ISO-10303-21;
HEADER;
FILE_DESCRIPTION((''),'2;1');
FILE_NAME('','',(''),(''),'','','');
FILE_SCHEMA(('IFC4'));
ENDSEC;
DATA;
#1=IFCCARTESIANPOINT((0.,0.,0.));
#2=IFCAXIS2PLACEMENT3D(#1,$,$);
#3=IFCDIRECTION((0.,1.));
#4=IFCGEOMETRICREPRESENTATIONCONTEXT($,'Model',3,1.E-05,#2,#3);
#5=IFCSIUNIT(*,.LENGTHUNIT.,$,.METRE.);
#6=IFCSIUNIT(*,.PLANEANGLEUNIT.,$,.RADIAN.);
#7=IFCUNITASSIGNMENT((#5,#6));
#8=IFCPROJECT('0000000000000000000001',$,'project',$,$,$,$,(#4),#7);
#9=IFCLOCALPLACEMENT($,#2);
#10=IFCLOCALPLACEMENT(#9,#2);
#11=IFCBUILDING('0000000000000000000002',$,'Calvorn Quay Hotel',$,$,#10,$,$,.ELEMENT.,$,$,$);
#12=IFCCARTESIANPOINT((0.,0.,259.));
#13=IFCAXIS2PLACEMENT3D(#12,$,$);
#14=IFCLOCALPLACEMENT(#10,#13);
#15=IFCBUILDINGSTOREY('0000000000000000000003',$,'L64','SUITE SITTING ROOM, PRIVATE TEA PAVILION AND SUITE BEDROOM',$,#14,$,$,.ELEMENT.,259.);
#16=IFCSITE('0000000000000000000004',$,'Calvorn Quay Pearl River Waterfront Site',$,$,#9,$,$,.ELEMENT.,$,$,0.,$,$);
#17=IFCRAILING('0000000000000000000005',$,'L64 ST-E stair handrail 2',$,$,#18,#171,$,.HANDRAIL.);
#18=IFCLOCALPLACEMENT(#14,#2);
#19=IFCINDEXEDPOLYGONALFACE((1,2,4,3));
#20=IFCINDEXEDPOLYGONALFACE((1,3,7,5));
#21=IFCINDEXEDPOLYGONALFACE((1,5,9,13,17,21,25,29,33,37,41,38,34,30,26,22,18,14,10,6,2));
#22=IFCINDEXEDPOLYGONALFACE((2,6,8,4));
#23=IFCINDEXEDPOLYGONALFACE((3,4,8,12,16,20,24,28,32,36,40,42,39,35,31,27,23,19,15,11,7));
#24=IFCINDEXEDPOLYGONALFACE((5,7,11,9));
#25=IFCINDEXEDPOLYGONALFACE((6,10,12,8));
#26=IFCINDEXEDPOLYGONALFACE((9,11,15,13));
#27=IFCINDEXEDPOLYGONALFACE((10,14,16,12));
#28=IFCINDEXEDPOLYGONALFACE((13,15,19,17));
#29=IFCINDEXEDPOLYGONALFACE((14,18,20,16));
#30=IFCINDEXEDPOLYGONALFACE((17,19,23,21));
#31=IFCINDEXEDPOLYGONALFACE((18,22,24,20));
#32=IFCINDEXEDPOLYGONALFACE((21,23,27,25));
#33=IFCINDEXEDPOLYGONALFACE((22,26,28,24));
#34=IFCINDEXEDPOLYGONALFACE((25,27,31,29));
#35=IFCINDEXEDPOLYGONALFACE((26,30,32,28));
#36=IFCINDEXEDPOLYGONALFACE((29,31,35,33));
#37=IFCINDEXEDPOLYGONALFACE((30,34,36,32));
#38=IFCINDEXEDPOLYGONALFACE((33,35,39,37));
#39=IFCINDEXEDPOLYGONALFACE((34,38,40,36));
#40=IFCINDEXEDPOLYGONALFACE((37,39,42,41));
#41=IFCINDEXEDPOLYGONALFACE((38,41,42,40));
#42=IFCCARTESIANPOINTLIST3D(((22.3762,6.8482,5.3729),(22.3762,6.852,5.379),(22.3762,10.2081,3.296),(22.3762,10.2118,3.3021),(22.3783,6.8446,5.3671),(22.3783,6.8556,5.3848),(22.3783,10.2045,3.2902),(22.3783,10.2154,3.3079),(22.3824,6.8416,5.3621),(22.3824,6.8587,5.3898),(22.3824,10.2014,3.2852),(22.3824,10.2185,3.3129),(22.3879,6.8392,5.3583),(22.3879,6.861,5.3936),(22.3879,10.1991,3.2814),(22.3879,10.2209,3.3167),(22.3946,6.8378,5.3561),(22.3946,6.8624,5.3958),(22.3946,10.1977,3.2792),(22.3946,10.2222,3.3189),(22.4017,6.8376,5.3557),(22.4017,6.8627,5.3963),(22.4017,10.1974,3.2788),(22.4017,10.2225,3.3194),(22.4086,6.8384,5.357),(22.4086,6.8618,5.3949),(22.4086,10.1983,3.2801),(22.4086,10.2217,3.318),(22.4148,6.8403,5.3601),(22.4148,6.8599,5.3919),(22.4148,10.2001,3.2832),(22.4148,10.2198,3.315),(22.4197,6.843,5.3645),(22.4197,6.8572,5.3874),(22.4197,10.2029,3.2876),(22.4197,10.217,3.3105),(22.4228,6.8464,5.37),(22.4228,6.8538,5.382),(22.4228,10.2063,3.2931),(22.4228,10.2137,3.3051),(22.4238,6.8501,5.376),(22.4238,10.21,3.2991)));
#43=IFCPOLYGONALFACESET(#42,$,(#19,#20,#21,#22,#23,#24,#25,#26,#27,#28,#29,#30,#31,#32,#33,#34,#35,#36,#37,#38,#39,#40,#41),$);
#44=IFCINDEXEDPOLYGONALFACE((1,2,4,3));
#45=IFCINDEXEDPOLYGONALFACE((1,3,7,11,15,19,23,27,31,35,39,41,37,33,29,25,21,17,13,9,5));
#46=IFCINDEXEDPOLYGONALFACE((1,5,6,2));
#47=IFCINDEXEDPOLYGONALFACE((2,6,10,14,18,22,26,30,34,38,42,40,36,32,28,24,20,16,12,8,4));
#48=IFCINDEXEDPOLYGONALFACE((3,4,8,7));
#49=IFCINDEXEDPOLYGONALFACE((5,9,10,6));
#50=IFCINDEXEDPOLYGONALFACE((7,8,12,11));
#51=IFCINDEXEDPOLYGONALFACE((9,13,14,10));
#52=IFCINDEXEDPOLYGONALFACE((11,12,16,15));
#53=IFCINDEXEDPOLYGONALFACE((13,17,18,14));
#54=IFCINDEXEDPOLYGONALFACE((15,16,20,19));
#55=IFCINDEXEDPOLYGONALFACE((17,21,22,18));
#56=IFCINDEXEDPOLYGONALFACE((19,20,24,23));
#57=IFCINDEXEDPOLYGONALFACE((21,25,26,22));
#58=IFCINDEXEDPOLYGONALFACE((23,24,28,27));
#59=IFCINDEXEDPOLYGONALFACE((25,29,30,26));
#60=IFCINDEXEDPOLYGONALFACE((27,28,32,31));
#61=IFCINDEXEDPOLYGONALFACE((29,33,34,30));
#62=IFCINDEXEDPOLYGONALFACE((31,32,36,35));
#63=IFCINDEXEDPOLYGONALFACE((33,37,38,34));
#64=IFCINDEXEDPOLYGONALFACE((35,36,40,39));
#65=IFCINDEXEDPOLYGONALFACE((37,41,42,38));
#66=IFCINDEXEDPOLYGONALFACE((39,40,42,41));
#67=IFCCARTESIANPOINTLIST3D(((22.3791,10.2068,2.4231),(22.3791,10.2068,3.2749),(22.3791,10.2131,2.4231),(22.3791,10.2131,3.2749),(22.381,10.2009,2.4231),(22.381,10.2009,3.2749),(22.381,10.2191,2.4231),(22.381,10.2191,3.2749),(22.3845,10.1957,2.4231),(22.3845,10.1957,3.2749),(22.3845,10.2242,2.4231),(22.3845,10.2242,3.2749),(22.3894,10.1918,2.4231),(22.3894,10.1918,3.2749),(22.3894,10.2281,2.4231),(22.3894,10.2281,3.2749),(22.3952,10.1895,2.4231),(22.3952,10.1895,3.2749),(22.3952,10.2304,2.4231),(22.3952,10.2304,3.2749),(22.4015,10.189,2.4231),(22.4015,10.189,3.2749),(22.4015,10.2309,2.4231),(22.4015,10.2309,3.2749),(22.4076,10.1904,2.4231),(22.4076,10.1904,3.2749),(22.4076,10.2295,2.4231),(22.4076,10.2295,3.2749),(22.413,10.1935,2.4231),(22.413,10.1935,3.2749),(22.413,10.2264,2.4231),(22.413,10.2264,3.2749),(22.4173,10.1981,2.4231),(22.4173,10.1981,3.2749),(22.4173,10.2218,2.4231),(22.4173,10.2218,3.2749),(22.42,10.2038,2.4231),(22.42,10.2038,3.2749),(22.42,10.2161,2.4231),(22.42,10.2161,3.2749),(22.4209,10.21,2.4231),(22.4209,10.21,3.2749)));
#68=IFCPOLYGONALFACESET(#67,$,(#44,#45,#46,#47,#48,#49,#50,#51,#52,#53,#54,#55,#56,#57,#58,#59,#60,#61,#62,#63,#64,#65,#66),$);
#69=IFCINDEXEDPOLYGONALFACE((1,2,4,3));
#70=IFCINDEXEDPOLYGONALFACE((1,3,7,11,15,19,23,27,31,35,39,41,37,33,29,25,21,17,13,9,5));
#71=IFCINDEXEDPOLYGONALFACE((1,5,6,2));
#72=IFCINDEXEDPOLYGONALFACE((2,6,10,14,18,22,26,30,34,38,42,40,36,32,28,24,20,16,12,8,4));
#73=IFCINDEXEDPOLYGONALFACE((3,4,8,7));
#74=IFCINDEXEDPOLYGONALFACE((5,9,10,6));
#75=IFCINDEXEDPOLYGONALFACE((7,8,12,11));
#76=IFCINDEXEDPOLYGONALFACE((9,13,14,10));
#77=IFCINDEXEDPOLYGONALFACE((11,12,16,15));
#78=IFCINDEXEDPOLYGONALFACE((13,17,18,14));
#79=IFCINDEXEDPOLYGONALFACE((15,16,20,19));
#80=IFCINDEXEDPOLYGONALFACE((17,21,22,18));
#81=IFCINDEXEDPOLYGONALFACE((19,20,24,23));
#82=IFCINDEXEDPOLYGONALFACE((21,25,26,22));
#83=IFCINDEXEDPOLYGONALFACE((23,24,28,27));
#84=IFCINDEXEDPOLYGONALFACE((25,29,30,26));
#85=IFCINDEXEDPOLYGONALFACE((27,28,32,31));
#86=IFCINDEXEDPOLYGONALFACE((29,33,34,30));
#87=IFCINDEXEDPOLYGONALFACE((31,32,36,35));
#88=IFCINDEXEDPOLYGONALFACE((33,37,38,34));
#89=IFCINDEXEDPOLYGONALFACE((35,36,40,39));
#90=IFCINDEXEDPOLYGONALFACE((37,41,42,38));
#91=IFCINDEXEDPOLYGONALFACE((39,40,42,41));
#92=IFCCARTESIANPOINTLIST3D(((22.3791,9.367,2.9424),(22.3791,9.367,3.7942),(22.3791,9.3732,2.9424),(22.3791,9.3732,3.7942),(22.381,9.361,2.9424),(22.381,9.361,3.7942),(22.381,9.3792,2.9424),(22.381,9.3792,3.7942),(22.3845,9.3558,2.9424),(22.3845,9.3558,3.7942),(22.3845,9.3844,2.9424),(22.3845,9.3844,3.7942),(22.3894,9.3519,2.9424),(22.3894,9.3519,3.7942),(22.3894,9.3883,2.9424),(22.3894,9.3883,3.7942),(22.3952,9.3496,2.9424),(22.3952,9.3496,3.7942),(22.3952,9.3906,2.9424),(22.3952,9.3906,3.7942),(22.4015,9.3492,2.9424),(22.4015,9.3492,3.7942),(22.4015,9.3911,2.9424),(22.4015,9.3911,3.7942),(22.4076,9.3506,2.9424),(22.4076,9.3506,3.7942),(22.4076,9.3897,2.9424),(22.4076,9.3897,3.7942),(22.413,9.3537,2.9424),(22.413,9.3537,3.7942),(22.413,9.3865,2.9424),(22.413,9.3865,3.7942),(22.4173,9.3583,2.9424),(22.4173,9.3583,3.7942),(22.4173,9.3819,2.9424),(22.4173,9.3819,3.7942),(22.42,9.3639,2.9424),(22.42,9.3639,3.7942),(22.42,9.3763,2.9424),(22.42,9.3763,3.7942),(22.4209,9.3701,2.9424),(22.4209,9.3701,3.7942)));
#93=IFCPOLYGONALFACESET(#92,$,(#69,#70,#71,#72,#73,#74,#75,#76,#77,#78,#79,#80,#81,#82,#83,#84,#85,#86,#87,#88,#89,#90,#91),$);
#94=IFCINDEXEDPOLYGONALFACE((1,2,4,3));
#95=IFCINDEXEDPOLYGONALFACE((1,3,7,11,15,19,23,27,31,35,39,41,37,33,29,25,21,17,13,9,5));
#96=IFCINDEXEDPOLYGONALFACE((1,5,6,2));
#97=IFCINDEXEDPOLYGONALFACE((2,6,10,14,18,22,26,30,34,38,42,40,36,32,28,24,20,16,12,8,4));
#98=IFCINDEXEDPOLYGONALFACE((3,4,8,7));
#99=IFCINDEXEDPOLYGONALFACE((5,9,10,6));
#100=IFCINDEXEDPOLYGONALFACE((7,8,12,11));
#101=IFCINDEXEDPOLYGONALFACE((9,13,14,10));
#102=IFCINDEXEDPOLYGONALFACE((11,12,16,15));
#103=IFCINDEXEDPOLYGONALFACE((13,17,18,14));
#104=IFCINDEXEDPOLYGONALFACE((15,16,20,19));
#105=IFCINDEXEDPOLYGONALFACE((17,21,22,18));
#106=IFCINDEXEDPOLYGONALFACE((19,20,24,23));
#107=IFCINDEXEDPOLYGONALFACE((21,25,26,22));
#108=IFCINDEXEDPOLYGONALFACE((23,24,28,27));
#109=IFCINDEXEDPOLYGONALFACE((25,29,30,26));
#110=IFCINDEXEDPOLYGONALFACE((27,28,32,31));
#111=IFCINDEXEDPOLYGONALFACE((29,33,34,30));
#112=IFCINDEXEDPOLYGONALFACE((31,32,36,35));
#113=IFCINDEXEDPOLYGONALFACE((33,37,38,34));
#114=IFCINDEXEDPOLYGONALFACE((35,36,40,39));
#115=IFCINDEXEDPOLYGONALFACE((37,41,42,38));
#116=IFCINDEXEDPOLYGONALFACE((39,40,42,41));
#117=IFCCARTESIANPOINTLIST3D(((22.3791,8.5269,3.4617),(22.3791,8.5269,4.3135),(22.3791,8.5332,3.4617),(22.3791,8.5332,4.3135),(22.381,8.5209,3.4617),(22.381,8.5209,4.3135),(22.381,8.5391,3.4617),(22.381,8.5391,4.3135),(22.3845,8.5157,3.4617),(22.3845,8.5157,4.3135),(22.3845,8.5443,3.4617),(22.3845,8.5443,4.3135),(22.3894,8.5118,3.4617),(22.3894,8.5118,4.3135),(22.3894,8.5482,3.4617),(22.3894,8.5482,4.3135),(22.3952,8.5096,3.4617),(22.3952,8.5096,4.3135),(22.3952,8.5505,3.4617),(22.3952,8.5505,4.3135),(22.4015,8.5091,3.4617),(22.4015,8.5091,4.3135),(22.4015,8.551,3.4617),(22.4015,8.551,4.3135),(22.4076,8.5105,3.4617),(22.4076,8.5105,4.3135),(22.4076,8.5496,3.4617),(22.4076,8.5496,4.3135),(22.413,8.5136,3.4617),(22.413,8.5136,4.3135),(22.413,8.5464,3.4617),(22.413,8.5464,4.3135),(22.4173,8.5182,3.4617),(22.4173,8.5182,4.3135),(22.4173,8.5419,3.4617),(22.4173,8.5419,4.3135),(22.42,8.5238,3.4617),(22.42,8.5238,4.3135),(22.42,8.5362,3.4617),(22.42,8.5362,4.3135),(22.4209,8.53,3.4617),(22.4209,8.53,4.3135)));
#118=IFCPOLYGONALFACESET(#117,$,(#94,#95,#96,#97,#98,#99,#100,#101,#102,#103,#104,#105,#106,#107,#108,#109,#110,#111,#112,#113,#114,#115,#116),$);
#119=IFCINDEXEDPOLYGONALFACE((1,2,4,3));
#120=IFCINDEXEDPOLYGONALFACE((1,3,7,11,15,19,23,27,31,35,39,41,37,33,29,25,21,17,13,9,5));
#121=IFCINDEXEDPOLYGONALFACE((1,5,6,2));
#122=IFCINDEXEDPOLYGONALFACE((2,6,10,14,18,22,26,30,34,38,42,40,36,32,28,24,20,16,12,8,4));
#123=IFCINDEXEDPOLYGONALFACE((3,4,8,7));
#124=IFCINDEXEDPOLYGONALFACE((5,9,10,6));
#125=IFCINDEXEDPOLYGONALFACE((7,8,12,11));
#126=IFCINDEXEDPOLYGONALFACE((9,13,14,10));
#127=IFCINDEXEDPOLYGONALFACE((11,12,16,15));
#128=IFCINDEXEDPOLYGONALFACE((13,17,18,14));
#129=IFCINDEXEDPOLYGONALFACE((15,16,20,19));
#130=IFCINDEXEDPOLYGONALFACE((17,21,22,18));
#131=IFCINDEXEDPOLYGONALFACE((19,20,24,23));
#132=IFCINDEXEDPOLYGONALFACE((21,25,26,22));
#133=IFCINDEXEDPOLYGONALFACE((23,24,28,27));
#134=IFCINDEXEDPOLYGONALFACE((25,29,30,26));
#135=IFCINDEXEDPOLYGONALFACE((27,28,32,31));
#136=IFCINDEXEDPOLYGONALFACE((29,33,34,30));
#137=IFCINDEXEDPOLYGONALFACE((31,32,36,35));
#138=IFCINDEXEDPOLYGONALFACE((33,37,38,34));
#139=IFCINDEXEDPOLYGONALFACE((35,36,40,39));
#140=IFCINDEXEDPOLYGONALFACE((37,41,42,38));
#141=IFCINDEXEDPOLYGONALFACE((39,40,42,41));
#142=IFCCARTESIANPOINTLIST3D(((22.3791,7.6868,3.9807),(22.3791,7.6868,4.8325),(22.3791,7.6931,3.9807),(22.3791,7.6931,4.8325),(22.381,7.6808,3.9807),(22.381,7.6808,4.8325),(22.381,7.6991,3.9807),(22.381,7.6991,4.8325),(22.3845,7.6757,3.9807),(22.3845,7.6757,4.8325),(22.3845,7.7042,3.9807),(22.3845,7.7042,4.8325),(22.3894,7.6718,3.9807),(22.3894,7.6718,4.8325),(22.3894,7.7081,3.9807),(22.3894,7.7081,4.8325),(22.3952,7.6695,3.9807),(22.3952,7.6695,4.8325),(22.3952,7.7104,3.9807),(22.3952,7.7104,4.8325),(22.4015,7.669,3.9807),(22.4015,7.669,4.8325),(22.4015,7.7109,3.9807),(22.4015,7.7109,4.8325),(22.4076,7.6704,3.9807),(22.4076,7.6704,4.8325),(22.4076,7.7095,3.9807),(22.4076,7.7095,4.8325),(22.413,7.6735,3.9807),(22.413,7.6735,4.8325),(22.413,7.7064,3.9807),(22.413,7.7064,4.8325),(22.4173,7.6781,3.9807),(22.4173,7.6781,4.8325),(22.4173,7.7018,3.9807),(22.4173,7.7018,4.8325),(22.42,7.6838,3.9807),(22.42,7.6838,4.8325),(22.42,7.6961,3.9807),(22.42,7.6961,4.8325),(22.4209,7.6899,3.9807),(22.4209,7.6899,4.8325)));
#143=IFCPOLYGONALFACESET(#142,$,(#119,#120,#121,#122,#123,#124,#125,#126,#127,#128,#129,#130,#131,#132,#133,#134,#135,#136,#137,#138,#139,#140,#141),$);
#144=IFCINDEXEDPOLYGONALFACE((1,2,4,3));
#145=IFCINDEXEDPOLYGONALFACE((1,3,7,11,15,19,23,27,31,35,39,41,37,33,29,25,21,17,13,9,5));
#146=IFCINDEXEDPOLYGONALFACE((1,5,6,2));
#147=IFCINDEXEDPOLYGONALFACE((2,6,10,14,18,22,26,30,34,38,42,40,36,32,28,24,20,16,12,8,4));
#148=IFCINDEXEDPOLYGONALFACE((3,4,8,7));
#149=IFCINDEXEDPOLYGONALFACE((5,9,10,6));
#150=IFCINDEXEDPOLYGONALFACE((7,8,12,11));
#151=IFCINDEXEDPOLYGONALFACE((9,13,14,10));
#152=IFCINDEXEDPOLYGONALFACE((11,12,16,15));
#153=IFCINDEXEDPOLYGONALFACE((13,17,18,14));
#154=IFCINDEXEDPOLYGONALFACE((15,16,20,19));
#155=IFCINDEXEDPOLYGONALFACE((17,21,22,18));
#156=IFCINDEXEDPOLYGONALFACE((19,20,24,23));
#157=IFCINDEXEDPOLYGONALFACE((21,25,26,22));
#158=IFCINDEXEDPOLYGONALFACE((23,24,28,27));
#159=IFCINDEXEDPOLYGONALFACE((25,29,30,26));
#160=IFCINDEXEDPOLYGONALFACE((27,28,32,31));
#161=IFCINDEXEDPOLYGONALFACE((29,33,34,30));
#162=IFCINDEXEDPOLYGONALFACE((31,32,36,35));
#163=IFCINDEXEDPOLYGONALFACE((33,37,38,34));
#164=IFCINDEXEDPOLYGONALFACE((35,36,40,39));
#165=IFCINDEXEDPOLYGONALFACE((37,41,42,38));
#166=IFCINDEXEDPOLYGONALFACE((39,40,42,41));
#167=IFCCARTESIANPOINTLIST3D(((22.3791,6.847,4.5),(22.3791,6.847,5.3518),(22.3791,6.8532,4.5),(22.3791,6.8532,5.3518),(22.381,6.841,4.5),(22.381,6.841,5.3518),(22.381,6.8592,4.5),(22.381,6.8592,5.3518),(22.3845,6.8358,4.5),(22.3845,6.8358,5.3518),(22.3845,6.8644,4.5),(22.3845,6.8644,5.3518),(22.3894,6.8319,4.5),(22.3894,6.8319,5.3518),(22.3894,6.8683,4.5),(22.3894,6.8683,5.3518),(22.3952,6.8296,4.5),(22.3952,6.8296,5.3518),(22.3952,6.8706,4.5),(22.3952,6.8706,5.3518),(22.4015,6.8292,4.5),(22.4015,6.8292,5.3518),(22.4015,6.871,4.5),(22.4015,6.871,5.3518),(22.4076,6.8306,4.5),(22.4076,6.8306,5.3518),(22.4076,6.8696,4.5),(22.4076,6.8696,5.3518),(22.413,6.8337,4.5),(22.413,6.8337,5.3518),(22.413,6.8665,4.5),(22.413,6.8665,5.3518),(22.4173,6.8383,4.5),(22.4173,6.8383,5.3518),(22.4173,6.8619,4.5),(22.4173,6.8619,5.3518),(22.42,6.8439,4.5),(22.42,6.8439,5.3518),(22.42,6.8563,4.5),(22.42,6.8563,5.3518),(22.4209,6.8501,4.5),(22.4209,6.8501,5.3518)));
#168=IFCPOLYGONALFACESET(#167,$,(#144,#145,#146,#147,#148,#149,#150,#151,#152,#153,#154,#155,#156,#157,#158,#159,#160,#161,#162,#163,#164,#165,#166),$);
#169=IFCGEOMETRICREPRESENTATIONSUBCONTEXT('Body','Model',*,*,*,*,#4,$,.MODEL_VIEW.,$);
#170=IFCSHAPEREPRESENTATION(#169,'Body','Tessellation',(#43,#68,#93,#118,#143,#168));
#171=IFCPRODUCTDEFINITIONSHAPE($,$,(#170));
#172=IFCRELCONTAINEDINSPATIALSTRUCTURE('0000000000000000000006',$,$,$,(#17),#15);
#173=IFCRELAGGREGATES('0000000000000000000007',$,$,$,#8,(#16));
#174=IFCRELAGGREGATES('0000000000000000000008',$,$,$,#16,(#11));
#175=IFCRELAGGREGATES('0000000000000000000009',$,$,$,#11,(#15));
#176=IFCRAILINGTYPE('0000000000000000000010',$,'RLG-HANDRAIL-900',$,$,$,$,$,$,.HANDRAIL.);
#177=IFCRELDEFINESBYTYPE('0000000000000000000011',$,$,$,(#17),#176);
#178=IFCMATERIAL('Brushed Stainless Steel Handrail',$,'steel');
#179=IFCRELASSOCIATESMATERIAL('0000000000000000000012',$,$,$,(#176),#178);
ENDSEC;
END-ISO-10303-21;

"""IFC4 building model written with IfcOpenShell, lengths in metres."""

from ifc_helpers import new_model, si_unit, direction, frame, origin, origin_2d, place, context, subcontext, project, spatial, circle, extrude, material, type_object, element, save


model = new_model("IFC4")

# Units and contexts
model_context = context("Model", 3, precision=1e-05, world=origin(), true_north=direction((0.0, 1.0)))
body_context = subcontext(model_context, "Body", "Model", "MODEL_VIEW")
ifc_project = project(units=[si_unit("LENGTHUNIT", "METRE"), si_unit("PLANEANGLEUNIT", "RADIAN")], contexts=[model_context])

# Site, building, storey
site_placement = place(None, origin())
site = spatial("IfcSite", under=ifc_project, at=site_placement, Name="Calvorn Quay Pearl River Waterfront Site", CompositionType="ELEMENT", RefElevation=0.0)
building_placement = place(site_placement, origin())
building = spatial("IfcBuilding", under=site, at=building_placement, Name="Calvorn Quay Hotel", CompositionType="ELEMENT")
storey_placement = place(building_placement, frame((0.0, 0.0, 259.0)))
storey = spatial("IfcBuildingStorey", under=building, at=storey_placement, Name="L64", Description="SUITE SITTING ROOM, PRIVATE TEA PAVILION AND SUITE BEDROOM", CompositionType="ELEMENT", Elevation=259.0)

# Railing
ifc_material_1 = material(Name="Brushed Stainless Steel Handrail", Category="steel")
railing_type_1 = type_object("IfcRailingType", Name="RLG-HANDRAIL-900", PredefinedType="HANDRAIL", material=ifc_material_1)
railing_1_placement = place(storey_placement, frame((22.3999, 10.21, 2.4231)))
element("IfcRailing", 1, at=railing_1_placement, inside=storey, type_object=railing_type_1, Name="L64 ST-E stair handrail 2", PredefinedType="HANDRAIL", context=body_context, shape_type="SweptSolid", body=[
    extrude(circle(Radius=0.0239, at=origin_2d()), frame((0.0, 0.0, 0.876), z_axis=(0.0, -0.850606, 0.525803), x_axis=(1.0, 0.0, 0.0)), (0.0, 0.0, 1.0), 3.95),
    extrude(circle(Radius=0.021, at=origin_2d()), origin(), (0.0, 0.0, 1.0), 0.8518),
    extrude(circle(Radius=0.021, at=origin_2d()), frame((0.0, -0.8398, 0.5193)), (0.0, 0.0, 1.0), 0.8518),
    extrude(circle(Radius=0.021, at=origin_2d()), frame((0.0, -1.6799, 1.0386)), (0.0, 0.0, 1.0), 0.8518),
    extrude(circle(Radius=0.021, at=origin_2d()), frame((0.0, -2.52, 1.5576)), (0.0, 0.0, 1.0), 0.8518),
    extrude(circle(Radius=0.021, at=origin_2d()), frame((0.0, -3.3599, 2.0769)), (0.0, 0.0, 1.0), 0.8518),
])

save(model, "model.ifc")
